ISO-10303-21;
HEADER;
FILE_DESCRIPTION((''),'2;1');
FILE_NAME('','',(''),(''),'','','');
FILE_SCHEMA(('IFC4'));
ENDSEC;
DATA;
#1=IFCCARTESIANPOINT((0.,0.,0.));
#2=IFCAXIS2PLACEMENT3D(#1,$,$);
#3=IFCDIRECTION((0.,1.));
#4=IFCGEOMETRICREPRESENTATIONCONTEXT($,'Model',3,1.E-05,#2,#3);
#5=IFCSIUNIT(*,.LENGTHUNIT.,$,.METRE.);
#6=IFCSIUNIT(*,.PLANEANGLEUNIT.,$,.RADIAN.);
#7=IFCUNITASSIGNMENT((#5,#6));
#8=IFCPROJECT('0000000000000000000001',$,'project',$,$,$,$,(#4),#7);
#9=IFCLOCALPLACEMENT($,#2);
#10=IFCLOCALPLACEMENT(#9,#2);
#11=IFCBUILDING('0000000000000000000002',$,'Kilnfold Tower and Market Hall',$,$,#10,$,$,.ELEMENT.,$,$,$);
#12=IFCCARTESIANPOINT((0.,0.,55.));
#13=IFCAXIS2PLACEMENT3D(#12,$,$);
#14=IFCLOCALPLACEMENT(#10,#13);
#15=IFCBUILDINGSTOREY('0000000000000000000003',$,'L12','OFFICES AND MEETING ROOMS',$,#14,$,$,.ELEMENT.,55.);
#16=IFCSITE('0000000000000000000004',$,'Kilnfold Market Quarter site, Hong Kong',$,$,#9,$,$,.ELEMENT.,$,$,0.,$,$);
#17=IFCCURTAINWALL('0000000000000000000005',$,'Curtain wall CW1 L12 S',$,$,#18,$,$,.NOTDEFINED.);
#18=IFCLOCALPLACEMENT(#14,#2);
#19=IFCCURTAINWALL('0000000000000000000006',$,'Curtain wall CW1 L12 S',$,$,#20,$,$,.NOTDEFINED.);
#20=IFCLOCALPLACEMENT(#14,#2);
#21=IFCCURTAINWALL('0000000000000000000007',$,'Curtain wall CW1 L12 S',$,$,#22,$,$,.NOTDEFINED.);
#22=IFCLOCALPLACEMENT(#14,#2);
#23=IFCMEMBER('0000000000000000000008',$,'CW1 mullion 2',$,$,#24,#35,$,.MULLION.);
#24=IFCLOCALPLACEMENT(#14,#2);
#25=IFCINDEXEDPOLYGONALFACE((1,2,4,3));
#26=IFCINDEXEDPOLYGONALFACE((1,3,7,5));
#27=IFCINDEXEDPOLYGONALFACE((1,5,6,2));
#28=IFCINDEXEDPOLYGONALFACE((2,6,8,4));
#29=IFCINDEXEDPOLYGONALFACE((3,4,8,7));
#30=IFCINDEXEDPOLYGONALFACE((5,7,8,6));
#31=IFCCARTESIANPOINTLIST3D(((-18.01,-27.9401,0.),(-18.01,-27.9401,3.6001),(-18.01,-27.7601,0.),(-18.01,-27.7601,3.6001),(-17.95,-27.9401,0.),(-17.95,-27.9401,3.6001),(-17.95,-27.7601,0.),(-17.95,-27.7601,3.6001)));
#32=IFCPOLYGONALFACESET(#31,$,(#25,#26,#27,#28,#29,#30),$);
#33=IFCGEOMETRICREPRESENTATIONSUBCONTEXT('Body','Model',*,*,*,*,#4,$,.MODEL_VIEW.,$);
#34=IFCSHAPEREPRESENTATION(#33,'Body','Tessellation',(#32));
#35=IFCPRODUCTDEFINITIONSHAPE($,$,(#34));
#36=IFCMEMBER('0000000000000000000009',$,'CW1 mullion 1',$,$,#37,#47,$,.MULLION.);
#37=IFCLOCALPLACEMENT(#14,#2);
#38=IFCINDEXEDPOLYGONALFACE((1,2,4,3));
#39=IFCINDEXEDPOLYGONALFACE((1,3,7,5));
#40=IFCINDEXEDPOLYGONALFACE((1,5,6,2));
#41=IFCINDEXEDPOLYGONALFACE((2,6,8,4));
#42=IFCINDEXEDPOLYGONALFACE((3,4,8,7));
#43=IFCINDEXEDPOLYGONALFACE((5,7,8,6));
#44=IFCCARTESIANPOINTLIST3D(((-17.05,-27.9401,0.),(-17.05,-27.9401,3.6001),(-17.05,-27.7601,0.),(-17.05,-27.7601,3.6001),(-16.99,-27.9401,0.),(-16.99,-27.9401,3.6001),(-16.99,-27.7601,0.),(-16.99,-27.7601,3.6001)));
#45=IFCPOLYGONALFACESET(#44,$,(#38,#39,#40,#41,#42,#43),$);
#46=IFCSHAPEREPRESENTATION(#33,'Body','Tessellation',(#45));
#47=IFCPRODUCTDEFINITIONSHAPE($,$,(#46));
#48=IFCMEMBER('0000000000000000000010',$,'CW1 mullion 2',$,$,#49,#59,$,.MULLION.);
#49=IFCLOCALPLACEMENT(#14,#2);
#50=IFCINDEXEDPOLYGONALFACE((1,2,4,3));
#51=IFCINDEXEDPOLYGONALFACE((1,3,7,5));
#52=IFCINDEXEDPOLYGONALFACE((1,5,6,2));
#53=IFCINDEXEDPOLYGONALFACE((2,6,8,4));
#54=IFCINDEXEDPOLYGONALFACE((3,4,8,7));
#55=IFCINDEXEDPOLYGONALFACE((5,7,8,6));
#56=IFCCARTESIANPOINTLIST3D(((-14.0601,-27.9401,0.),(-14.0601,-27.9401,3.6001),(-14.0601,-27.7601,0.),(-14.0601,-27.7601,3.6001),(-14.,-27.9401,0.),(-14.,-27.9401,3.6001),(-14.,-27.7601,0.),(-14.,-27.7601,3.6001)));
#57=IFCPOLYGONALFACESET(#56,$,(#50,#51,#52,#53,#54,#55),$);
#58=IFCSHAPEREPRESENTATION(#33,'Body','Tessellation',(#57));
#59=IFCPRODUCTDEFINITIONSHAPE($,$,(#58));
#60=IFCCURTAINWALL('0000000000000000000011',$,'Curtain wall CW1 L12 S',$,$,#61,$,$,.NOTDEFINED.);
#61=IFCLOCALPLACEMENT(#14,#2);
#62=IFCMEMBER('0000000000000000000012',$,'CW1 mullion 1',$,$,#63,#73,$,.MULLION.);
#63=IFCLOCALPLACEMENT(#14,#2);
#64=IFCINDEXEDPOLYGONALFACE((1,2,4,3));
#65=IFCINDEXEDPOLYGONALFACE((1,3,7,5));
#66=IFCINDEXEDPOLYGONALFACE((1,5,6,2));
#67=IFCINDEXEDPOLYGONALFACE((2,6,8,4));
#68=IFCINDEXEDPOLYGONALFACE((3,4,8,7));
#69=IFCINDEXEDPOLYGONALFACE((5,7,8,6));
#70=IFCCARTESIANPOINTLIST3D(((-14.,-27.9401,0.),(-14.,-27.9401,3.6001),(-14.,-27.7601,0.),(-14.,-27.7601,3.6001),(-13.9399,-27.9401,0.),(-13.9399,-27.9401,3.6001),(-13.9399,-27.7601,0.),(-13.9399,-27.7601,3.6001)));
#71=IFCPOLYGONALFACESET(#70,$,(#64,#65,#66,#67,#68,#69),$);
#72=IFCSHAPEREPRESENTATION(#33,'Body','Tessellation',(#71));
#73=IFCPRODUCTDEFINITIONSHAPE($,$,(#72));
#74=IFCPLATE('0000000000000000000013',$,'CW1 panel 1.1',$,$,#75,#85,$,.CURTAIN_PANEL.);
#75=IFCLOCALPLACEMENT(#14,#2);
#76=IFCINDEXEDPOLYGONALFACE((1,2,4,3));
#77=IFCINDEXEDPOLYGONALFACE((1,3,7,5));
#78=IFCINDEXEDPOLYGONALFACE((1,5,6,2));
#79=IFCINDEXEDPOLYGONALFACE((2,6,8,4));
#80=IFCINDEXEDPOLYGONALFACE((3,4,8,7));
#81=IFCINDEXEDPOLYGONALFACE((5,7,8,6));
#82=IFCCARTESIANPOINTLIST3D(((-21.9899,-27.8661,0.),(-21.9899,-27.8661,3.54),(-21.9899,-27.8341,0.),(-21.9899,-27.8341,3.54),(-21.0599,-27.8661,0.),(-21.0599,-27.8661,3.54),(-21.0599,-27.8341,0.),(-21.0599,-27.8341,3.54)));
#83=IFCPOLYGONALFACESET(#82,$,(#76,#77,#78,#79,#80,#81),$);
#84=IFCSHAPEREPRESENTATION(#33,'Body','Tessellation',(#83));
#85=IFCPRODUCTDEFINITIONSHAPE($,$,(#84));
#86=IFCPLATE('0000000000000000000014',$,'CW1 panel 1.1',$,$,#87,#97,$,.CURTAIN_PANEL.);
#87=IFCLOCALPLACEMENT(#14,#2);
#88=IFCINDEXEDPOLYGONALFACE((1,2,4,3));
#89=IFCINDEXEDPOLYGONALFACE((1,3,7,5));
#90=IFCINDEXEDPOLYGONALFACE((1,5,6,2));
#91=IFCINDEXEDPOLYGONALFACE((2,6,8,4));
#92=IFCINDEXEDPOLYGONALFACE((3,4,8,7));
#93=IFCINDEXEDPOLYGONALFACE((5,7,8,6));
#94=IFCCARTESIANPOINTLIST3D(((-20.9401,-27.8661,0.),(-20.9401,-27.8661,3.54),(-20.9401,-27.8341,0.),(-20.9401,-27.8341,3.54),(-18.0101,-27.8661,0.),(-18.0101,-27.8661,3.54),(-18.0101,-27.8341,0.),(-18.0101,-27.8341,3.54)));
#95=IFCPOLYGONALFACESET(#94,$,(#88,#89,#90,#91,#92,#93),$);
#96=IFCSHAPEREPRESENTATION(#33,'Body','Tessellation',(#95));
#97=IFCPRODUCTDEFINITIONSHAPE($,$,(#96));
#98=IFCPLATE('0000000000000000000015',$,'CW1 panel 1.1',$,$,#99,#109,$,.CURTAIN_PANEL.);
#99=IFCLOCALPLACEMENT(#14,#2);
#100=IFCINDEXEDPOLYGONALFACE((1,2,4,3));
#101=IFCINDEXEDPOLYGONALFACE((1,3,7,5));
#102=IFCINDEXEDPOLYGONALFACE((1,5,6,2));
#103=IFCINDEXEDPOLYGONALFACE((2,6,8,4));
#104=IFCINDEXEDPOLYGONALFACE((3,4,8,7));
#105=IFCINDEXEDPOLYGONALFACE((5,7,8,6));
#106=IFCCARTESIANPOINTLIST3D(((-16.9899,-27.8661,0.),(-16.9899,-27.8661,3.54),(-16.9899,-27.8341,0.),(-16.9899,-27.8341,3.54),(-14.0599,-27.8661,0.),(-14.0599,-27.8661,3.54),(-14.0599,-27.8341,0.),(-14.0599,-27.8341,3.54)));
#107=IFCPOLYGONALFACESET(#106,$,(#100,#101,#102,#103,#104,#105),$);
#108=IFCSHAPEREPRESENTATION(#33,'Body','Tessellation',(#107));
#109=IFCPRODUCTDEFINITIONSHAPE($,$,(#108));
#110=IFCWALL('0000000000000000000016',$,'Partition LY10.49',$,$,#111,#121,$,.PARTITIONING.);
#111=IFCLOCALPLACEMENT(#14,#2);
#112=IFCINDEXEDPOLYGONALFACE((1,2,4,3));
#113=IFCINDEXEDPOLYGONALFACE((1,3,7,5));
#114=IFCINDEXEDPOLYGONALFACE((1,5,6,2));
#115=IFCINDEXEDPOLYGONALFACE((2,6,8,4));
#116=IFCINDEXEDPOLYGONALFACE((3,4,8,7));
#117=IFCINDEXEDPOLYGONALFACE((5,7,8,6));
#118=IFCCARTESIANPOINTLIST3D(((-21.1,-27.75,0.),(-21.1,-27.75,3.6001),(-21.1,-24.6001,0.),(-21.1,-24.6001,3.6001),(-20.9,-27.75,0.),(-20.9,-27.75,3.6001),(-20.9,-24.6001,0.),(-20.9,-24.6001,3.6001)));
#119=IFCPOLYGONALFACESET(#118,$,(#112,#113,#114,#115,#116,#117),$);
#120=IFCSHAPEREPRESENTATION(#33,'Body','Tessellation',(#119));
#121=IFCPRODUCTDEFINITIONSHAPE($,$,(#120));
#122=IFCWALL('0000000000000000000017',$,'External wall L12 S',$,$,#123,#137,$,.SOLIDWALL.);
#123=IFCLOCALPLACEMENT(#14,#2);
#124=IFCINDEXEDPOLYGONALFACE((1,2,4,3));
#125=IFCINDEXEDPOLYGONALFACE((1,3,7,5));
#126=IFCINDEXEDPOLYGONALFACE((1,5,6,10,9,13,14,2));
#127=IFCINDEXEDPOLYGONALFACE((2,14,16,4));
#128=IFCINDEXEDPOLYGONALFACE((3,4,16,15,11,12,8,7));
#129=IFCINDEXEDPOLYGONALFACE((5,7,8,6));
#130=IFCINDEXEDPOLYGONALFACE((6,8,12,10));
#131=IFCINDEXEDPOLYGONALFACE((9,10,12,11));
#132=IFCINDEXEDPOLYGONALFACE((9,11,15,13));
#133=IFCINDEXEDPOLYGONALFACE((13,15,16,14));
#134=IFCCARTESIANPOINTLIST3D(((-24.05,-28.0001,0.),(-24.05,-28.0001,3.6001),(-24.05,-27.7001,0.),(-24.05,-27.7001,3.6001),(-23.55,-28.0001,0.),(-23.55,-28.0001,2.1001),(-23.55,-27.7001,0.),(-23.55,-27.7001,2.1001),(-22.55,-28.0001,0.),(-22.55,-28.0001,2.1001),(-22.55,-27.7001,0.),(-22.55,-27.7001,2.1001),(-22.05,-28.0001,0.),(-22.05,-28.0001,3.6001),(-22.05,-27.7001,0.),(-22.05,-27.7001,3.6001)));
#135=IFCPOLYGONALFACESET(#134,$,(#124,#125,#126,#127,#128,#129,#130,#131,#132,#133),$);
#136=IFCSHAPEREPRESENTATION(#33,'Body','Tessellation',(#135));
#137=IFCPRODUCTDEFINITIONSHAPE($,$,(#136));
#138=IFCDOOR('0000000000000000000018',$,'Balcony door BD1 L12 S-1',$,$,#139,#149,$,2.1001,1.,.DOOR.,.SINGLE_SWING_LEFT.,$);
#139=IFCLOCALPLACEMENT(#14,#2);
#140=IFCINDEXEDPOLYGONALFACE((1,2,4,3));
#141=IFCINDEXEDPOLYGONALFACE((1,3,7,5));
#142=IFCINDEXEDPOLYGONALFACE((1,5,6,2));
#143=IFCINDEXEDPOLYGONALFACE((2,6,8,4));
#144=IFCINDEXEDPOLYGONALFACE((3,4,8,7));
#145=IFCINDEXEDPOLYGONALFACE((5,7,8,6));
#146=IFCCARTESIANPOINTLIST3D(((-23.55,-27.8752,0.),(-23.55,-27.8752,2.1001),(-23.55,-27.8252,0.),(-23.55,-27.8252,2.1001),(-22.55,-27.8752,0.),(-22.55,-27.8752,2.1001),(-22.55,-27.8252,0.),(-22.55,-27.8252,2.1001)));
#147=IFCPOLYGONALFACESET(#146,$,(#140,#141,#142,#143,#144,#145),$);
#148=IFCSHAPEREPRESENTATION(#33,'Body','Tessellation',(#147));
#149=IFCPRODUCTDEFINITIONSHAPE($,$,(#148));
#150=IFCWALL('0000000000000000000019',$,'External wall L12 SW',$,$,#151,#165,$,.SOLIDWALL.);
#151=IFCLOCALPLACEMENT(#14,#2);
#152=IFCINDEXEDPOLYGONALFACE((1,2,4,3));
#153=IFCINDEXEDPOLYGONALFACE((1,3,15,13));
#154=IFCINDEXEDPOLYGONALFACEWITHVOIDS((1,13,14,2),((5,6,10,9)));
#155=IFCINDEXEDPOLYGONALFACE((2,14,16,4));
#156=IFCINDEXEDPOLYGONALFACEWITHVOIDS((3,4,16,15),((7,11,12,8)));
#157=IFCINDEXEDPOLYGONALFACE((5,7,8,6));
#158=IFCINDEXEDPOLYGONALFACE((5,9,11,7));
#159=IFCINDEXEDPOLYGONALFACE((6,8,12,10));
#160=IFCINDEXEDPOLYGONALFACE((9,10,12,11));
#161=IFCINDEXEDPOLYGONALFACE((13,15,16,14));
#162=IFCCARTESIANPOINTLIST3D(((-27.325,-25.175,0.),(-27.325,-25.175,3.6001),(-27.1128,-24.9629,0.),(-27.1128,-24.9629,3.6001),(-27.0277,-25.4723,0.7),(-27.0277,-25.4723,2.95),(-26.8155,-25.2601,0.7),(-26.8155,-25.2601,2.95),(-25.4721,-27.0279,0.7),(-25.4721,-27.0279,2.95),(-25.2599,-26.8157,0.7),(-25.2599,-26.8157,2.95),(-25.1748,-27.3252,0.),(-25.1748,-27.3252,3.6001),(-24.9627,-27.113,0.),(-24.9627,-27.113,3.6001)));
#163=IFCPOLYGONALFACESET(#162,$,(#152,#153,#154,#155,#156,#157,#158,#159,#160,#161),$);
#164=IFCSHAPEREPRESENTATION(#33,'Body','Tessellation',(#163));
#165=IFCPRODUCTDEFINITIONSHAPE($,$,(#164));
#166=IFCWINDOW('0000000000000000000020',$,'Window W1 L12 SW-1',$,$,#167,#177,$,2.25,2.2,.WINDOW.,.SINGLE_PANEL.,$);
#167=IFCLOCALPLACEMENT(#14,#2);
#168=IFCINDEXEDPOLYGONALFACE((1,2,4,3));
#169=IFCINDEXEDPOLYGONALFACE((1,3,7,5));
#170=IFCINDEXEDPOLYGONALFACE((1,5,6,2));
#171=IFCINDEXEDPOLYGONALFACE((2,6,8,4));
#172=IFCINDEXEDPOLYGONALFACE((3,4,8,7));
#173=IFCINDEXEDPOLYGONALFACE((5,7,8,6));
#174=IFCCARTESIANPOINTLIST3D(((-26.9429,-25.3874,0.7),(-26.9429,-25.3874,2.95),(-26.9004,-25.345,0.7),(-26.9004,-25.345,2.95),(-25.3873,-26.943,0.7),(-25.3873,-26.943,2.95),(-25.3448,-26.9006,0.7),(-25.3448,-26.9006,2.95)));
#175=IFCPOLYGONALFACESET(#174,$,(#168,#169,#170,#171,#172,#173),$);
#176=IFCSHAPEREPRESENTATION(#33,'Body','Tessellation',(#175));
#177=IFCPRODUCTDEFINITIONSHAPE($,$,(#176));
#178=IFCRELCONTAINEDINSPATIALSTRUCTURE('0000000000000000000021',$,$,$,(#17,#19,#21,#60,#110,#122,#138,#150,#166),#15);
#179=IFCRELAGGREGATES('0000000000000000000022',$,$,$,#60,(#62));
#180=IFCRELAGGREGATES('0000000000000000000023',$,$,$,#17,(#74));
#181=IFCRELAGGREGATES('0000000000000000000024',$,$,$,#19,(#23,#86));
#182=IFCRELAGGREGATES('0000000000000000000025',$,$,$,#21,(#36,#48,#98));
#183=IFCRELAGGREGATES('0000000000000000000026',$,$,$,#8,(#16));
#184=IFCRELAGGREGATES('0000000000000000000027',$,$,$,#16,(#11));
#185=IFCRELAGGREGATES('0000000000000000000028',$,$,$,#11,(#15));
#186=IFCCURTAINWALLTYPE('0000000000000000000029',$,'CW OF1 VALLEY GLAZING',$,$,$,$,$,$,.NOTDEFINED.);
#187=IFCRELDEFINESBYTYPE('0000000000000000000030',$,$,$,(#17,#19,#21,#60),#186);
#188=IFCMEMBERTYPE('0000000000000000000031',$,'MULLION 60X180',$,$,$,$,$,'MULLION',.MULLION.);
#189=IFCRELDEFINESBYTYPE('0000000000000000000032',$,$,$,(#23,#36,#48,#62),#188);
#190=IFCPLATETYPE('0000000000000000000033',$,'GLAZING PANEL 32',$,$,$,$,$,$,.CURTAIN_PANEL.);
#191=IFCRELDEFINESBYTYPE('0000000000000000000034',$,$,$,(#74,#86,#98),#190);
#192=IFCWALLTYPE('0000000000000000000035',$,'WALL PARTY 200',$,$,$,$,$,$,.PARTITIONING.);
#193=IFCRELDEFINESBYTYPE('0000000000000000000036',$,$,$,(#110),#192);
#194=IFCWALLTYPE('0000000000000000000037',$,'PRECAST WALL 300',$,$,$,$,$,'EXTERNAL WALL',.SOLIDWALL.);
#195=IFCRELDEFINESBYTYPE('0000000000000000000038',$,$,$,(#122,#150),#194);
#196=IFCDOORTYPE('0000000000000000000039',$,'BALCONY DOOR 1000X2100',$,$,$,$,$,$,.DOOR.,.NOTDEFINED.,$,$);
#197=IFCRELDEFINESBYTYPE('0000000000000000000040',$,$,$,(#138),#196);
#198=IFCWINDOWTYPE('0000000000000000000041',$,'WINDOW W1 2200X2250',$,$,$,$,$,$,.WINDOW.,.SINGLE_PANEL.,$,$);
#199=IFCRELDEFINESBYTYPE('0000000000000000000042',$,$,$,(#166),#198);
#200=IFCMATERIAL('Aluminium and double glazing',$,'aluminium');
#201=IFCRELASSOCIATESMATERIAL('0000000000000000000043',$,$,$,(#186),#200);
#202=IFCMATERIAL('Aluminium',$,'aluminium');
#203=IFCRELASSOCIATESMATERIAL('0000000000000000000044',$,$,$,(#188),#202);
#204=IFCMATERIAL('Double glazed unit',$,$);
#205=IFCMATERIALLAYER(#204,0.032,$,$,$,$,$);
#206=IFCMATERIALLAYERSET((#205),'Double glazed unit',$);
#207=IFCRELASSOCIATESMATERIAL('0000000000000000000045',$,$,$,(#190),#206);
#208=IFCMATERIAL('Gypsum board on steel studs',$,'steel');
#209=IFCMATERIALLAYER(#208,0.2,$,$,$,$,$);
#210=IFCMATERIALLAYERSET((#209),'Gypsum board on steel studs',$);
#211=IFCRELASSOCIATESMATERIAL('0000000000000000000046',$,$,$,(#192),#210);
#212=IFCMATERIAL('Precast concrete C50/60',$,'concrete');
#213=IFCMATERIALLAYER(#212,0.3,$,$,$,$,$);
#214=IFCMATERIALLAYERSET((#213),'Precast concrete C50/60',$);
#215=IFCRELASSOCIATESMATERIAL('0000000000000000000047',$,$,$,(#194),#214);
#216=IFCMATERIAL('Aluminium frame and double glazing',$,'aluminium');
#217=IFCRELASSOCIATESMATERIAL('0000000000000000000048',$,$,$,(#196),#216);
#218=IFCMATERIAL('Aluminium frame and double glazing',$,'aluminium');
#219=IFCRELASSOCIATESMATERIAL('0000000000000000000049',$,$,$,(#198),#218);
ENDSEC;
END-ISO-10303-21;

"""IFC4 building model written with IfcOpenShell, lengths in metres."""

from ifc_helpers import new_model, si_unit, direction, frame, frame_2d, origin, origin_2d, place, context, subcontext, project, spatial, rectangle, extrude, source, transform, mapped, material, layer, layer_set, material_profile, profile_set, type_object, element, fill, aggregate, save


model = new_model("IFC4")

# Units and contexts
model_context = context("Model", 3, precision=1e-05, world=origin(), true_north=direction((0.0, 1.0)))
body_context = subcontext(model_context, "Body", "Model", "MODEL_VIEW")
ifc_project = project(units=[si_unit("LENGTHUNIT", "METRE"), si_unit("PLANEANGLEUNIT", "RADIAN")], contexts=[model_context])

# Site, building, storey
site_placement = place(None, origin())
site = spatial("IfcSite", under=ifc_project, at=site_placement, Name="Kilnfold Market Quarter site, Hong Kong", CompositionType="ELEMENT", RefElevation=0.0)
building_placement = place(site_placement, origin())
building = spatial("IfcBuilding", under=site, at=building_placement, Name="Kilnfold Tower and Market Hall", CompositionType="ELEMENT")
storey_placement = place(building_placement, frame((0.0, 0.0, 55.0)))
storey = spatial("IfcBuildingStorey", under=building, at=storey_placement, Name="L12", Description="OFFICES AND MEETING ROOMS", CompositionType="ELEMENT", Elevation=55.0)

# Curtain walls
ifc_material_1 = material(Name="Aluminium and double glazing", Category="aluminium")
curtain_wall_type = type_object("IfcCurtainWallType", Name="CW OF1 VALLEY GLAZING", PredefinedType="NOTDEFINED", material=ifc_material_1)
curtain_wall_1_placement = place(storey_placement, origin())
curtain_wall_1 = element("IfcCurtainWall", 1, at=curtain_wall_1_placement, inside=storey, type_object=curtain_wall_type, Name="Curtain wall CW1 L12 S", PredefinedType="NOTDEFINED")
curtain_wall_2_placement = place(storey_placement, origin())
curtain_wall_2 = element("IfcCurtainWall", 2, at=curtain_wall_2_placement, inside=storey, type_object=curtain_wall_type, Name="Curtain wall CW1 L12 S", PredefinedType="NOTDEFINED")
curtain_wall_3_placement = place(storey_placement, origin())
curtain_wall_3 = element("IfcCurtainWall", 3, at=curtain_wall_3_placement, inside=storey, type_object=curtain_wall_type, Name="Curtain wall CW1 L12 S", PredefinedType="NOTDEFINED")

# Members
ifc_material_2 = material(Name="Aluminium", Category="aluminium")
ifc_material_profile_1 = material_profile(ifc_material_2, rectangle(XDim=0.0601, YDim=0.1799, at=origin_2d()), Name="MULLION 60x180")
ifc_profile_set_1 = profile_set([ifc_material_profile_1], Name="Aluminium")
member_type_1 = type_object("IfcMemberType", Name="MULLION 60X180", ElementType="MULLION", PredefinedType="MULLION", material=ifc_profile_set_1)
shared_shape_1 = source(origin(), body_context, "Body", "SweptSolid", [
    extrude(rectangle(XDim=0.0601, YDim=0.1799, at=origin_2d()), origin(), (0.0, 0.0, 1.0), 3.6001),
])
member_1_placement = place(storey_placement, frame((-17.98, -27.8501, 0.0), z_axis=(0.0, 0.0, 1.0), x_axis=(1.0, 0.0, 0.0)))
member_1 = element("IfcMember", 4, at=member_1_placement, type_object=member_type_1, Name="CW1 mullion 2", PredefinedType="MULLION", context=body_context, shape_type="MappedRepresentation", body=[
    mapped(shared_shape_1, transform((0.0, 0.0, 0.0))),
])
member_2_placement = place(storey_placement, frame((-17.02, -27.8501, 0.0), z_axis=(0.0, 0.0, 1.0), x_axis=(1.0, 0.0, 0.0)))
member_2 = element("IfcMember", 5, at=member_2_placement, type_object=member_type_1, Name="CW1 mullion 1", PredefinedType="MULLION", context=body_context, shape_type="MappedRepresentation", body=[
    mapped(shared_shape_1, transform((0.0, 0.0, 0.0))),
])
member_3_placement = place(storey_placement, frame((-14.03, -27.8501, 0.0), z_axis=(0.0, 0.0, 1.0), x_axis=(1.0, 0.0, 0.0)))
member_3 = element("IfcMember", 6, at=member_3_placement, type_object=member_type_1, Name="CW1 mullion 2", PredefinedType="MULLION", context=body_context, shape_type="MappedRepresentation", body=[
    mapped(shared_shape_1, transform((0.0, 0.0, 0.0))),
])

# Curtain wall, member
curtain_wall_4_placement = place(storey_placement, origin())
curtain_wall_4 = element("IfcCurtainWall", 7, at=curtain_wall_4_placement, inside=storey, type_object=curtain_wall_type, Name="Curtain wall CW1 L12 S", PredefinedType="NOTDEFINED")
member_4_placement = place(storey_placement, frame((-13.97, -27.8501, 0.0), z_axis=(0.0, 0.0, 1.0), x_axis=(1.0, 0.0, 0.0)))
member_4 = element("IfcMember", 8, at=member_4_placement, type_object=member_type_1, Name="CW1 mullion 1", PredefinedType="MULLION", context=body_context, shape_type="MappedRepresentation", body=[
    mapped(shared_shape_1, transform((0.0, 0.0, 0.0))),
])
aggregate(curtain_wall_4, [member_4])

# Plates
ifc_material_3 = material(Name="Double glazed unit")
ifc_layer_1 = layer(ifc_material_3, 0.032)
ifc_layer_set_1 = layer_set([ifc_layer_1], Name="Double glazed unit")
plate_type = type_object("IfcPlateType", Name="GLAZING PANEL 32", PredefinedType="CURTAIN_PANEL", material=ifc_layer_set_1)
shared_shape_2 = source(origin(), body_context, "Body", "SweptSolid", [
    extrude(rectangle(XDim=0.9299, YDim=0.032, at=origin_2d()), origin(), (0.0, 0.0, 1.0), 3.54),
])
plate_1_placement = place(storey_placement, frame((-21.5249, -27.8501, 0.0), z_axis=(0.0, 0.0, 1.0), x_axis=(1.0, 0.0, 0.0)))
plate_1 = element("IfcPlate", 9, at=plate_1_placement, type_object=plate_type, Name="CW1 panel 1.1", PredefinedType="CURTAIN_PANEL", context=body_context, shape_type="MappedRepresentation", body=[
    mapped(shared_shape_2, transform((0.0, 0.0, 0.0))),
])
aggregate(curtain_wall_1, [plate_1])
shared_shape_3 = source(origin(), body_context, "Body", "SweptSolid", [
    extrude(rectangle(XDim=2.9299, YDim=0.032, at=origin_2d()), origin(), (0.0, 0.0, 1.0), 3.54),
])
plate_2_placement = place(storey_placement, frame((-19.4751, -27.8501, 0.0), z_axis=(0.0, 0.0, 1.0), x_axis=(1.0, 0.0, 0.0)))
plate_2 = element("IfcPlate", 10, at=plate_2_placement, type_object=plate_type, Name="CW1 panel 1.1", PredefinedType="CURTAIN_PANEL", context=body_context, shape_type="MappedRepresentation", body=[
    mapped(shared_shape_3, transform((0.0, 0.0, 0.0))),
])
aggregate(curtain_wall_2, [member_1, plate_2])
plate_3_placement = place(storey_placement, frame((-15.5249, -27.8501, 0.0), z_axis=(0.0, 0.0, 1.0), x_axis=(1.0, 0.0, 0.0)))
plate_3 = element("IfcPlate", 11, at=plate_3_placement, type_object=plate_type, Name="CW1 panel 1.1", PredefinedType="CURTAIN_PANEL", context=body_context, shape_type="MappedRepresentation", body=[
    mapped(shared_shape_3, transform((0.0, 0.0, 0.0))),
])
aggregate(curtain_wall_3, [member_2, member_3, plate_3])

# Wall
ifc_material_4 = material(Name="Gypsum board on steel studs", Category="steel")
ifc_layer_2 = layer(ifc_material_4, 0.2)
ifc_layer_set_2 = layer_set([ifc_layer_2], Name="Gypsum board on steel studs")
wall_type_1 = type_object("IfcWallType", Name="WALL PARTY 200", PredefinedType="PARTITIONING", material=ifc_layer_set_2)
wall_1_placement = place(storey_placement, frame((-21.0, -27.75, 0.0), z_axis=(0.0, 0.0, 1.0), x_axis=(0.0, 1.0, 0.0)))
element("IfcWall", 12, at=wall_1_placement, inside=storey, type_object=wall_type_1, Name="Partition LY10.49", PredefinedType="PARTITIONING", context=body_context, shape_type="SweptSolid", body=[
    extrude(rectangle(XDim=3.1499, YDim=0.2, at=frame_2d((1.575, 0.0))), origin(), (0.0, 0.0, 1.0), 3.6001),
])

# Wall, opening, door
ifc_material_5 = material(Name="Precast concrete C50/60", Category="concrete")
ifc_layer_3 = layer(ifc_material_5, 0.3)
ifc_layer_set_3 = layer_set([ifc_layer_3], Name="Precast concrete C50/60")
wall_type_2 = type_object("IfcWallType", Name="PRECAST WALL 300", ElementType="EXTERNAL WALL", PredefinedType="SOLIDWALL", material=ifc_layer_set_3)
shared_shape_4 = source(origin(), body_context, "Body", "SweptSolid", [
    extrude(rectangle(XDim=2.0, YDim=0.3, at=frame_2d((1.0, 0.0))), origin(), (0.0, 0.0, 1.0), 3.6001),
])
wall_2_placement = place(storey_placement, frame((-24.05, -27.8501, 0.0), z_axis=(0.0, 0.0, 1.0), x_axis=(1.0, 0.0, 0.0)))
wall_2 = element("IfcWall", 13, at=wall_2_placement, inside=storey, type_object=wall_type_2, Name="External wall L12 S", PredefinedType="SOLIDWALL", context=body_context, shape_type="MappedRepresentation", body=[
    mapped(shared_shape_4, transform((0.0, 0.0, 0.0))),
])
opening_1_placement = place(wall_2_placement, frame((0.5, 0.0, 0.0)))
opening_1 = element("IfcOpeningElement", 14, at=opening_1_placement, cuts=wall_2, PredefinedType="OPENING", context=body_context, shape_type="SweptSolid", body=[
    extrude(rectangle(XDim=1.0, YDim=2.1001, at=frame_2d((0.5, 1.05))), frame((0.0, 0.1602, 0.0), z_axis=(0.0, -1.0, 0.0), x_axis=(1.0, 0.0, 0.0)), (0.0, 0.0, 1.0), 0.3201),
])
ifc_material_6 = material(Name="Aluminium frame and double glazing", Category="aluminium")
door_type = type_object("IfcDoorType", Name="BALCONY DOOR 1000X2100", OperationType="NOTDEFINED", PredefinedType="DOOR", material=ifc_material_6)
door_placement = place(opening_1_placement, origin())
door = element("IfcDoor", 15, at=door_placement, inside=storey, type_object=door_type, Name="Balcony door BD1 L12 S-1", OperationType="SINGLE_SWING_LEFT", OverallHeight=2.1001, OverallWidth=1.0, PredefinedType="DOOR", context=body_context, shape_type="SweptSolid", body=[
    extrude(rectangle(XDim=1.0, YDim=2.1001, at=frame_2d((0.5, 1.05))), frame((0.0, 0.0249, 0.0), z_axis=(0.0, -1.0, 0.0), x_axis=(1.0, 0.0, 0.0)), (0.0, 0.0, 1.0), 0.05),
])
fill(opening_1, door)

# Wall, opening, window
shared_shape_5 = source(origin(), body_context, "Body", "SweptSolid", [
    extrude(rectangle(XDim=3.0408, YDim=0.3, at=frame_2d((1.5205, 0.0))), origin(), (0.0, 0.0, 1.0), 3.6001),
])
wall_3_placement = place(storey_placement, frame((-27.219, -25.0688, 0.0), z_axis=(0.0, 0.0, 1.0), x_axis=(0.707107, -0.707107, 0.0)))
wall_3 = element("IfcWall", 16, at=wall_3_placement, inside=storey, type_object=wall_type_2, Name="External wall L12 SW", PredefinedType="SOLIDWALL", context=body_context, shape_type="MappedRepresentation", body=[
    mapped(shared_shape_5, transform((0.0, 0.0, 0.0))),
])
opening_2_placement = place(wall_3_placement, frame((0.4204, 0.0, 0.7)))
opening_2 = element("IfcOpeningElement", 17, at=opening_2_placement, cuts=wall_3, PredefinedType="OPENING", context=body_context, shape_type="SweptSolid", body=[
    extrude(rectangle(XDim=2.2, YDim=2.25, at=frame_2d((1.1001, 1.125))), frame((0.0, 0.1602, 0.0), z_axis=(0.0, -1.0, 0.0), x_axis=(1.0, 0.0, 0.0)), (0.0, 0.0, 1.0), 0.3201),
])
ifc_material_7 = material(Name="Aluminium frame and double glazing", Category="aluminium")
window_type = type_object("IfcWindowType", Name="WINDOW W1 2200X2250", PartitioningType="SINGLE_PANEL", PredefinedType="WINDOW", material=ifc_material_7)
window_placement = place(opening_2_placement, origin())
window = element("IfcWindow", 18, at=window_placement, inside=storey, type_object=window_type, Name="Window W1 L12 SW-1", OverallHeight=2.25, OverallWidth=2.2, PartitioningType="SINGLE_PANEL", PredefinedType="WINDOW", context=body_context, shape_type="SweptSolid", body=[
    extrude(rectangle(XDim=2.2, YDim=2.25, at=frame_2d((1.1001, 1.125))), frame((0.0, 0.03, 0.0), z_axis=(0.0, -1.0, 0.0), x_axis=(1.0, 0.0, 0.0)), (0.0, 0.0, 1.0), 0.0601),
])
fill(opening_2, window)

save(model, "model.ifc")
